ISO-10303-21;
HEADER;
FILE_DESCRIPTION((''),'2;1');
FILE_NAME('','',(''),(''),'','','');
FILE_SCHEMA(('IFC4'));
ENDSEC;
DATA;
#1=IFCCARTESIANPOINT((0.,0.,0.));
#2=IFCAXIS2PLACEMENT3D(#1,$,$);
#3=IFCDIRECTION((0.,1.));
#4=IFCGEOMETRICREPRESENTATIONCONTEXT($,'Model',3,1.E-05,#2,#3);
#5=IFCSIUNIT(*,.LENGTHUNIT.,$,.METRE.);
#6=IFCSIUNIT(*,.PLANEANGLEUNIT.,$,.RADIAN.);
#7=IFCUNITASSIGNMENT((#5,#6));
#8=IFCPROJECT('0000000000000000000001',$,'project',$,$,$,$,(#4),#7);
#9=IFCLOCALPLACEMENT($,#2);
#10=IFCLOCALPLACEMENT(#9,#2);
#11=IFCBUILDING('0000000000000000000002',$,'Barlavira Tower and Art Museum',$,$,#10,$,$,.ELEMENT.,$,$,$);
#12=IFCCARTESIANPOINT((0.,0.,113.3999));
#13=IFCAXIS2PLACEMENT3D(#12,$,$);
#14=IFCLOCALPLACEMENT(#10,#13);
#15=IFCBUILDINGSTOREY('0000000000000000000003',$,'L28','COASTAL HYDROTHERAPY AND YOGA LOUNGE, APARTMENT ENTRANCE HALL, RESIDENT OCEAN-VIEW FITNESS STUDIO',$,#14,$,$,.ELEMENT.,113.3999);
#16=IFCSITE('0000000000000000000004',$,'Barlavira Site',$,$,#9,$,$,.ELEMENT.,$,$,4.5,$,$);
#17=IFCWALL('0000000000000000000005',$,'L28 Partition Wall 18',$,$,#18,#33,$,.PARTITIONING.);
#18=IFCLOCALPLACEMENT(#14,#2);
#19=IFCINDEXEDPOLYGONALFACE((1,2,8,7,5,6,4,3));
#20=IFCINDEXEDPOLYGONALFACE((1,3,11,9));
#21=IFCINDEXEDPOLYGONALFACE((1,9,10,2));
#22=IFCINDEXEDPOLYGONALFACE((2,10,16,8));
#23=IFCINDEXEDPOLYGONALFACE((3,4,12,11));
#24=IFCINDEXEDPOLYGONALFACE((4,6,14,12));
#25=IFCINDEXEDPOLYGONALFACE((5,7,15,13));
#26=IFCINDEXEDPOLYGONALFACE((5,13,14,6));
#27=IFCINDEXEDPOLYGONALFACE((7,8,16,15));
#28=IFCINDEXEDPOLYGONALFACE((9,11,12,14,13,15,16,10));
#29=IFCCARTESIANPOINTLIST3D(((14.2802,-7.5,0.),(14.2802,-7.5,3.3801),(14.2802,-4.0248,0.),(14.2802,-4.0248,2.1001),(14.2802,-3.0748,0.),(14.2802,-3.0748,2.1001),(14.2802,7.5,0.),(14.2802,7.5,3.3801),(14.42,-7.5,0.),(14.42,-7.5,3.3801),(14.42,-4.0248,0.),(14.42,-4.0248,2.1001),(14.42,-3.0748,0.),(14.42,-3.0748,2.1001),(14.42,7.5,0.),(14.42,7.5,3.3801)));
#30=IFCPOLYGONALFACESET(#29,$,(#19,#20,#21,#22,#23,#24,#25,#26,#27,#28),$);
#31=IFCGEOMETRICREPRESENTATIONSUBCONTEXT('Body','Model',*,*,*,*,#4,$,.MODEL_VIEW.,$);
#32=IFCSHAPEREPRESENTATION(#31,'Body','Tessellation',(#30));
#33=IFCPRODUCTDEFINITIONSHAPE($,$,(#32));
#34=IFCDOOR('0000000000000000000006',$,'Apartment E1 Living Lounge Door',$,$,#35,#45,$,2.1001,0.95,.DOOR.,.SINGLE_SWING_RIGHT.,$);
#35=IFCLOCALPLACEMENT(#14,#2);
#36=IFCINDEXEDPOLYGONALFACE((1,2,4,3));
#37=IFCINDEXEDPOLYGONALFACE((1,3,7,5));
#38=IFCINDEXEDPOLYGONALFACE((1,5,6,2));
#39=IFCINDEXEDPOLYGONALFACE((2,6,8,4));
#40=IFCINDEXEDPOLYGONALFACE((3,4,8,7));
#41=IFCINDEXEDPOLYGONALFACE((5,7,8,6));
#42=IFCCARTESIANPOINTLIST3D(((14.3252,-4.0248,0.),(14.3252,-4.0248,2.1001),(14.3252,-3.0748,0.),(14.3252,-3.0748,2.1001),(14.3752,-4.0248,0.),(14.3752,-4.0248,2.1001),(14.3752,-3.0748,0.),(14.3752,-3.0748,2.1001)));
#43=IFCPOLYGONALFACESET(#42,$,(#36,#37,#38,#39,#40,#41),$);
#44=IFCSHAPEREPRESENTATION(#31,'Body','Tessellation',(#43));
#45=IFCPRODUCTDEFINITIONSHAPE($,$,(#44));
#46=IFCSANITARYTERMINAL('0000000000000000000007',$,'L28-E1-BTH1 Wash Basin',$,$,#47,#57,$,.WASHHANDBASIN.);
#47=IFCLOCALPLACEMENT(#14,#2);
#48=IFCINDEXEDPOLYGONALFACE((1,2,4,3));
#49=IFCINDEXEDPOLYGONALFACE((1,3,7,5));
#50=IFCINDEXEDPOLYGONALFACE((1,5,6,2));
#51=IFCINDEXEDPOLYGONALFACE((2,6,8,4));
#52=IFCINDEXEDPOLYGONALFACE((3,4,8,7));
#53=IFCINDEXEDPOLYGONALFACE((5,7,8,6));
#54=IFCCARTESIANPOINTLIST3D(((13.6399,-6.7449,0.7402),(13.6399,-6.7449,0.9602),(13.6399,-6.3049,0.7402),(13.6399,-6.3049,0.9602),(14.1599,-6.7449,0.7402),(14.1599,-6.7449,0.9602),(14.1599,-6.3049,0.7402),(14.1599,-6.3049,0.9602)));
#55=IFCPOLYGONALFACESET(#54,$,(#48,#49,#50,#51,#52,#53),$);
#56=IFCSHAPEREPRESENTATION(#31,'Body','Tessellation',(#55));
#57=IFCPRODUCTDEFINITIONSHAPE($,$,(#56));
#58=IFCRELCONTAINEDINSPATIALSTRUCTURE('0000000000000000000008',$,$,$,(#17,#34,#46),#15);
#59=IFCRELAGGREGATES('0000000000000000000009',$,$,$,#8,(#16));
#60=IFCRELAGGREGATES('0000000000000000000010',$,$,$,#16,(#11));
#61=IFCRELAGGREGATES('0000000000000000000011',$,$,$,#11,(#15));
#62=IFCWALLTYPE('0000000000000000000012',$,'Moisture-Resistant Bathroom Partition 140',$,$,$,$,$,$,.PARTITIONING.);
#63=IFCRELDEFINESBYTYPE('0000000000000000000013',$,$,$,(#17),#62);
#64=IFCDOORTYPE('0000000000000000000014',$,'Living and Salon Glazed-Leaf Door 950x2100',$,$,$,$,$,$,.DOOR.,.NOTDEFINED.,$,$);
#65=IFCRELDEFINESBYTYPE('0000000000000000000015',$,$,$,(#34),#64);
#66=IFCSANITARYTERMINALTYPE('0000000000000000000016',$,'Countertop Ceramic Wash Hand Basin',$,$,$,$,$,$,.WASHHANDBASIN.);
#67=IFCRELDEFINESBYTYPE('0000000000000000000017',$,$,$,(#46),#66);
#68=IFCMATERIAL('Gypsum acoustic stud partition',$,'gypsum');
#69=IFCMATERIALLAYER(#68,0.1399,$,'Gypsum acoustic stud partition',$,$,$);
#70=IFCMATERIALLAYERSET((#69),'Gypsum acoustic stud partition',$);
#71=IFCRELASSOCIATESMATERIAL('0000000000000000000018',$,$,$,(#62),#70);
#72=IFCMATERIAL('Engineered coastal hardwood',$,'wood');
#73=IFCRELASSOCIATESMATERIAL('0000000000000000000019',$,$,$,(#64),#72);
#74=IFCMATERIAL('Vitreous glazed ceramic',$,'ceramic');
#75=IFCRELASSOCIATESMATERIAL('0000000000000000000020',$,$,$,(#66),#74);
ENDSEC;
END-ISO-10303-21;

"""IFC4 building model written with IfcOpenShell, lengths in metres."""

from ifc_helpers import new_model, si_unit, direction, frame, frame_2d, origin, origin_2d, place, context, subcontext, project, spatial, rectangle, extrude, material, layer, layer_set, type_object, element, fill, save


model = new_model("IFC4")

# Units and contexts
model_context = context("Model", 3, precision=1e-05, world=origin(), true_north=direction((0.0, 1.0)))
body_context = subcontext(model_context, "Body", "Model", "MODEL_VIEW")
ifc_project = project(units=[si_unit("LENGTHUNIT", "METRE"), si_unit("PLANEANGLEUNIT", "RADIAN")], contexts=[model_context])

# Site, building, storey
site_placement = place(None, origin())
site = spatial("IfcSite", under=ifc_project, at=site_placement, Name="Barlavira Site", CompositionType="ELEMENT", RefElevation=4.5)
building_placement = place(site_placement, origin())
building = spatial("IfcBuilding", under=site, at=building_placement, Name="Barlavira Tower and Art Museum", CompositionType="ELEMENT")
storey_placement = place(building_placement, frame((0.0, 0.0, 113.3999)))
storey = spatial("IfcBuildingStorey", under=building, at=storey_placement, Name="L28", Description="COASTAL HYDROTHERAPY AND YOGA LOUNGE, APARTMENT ENTRANCE HALL, RESIDENT OCEAN-VIEW FITNESS STUDIO", CompositionType="ELEMENT", Elevation=113.3999)

# Shared definitions
ifc_material_1 = material(Name="Gypsum acoustic stud partition", Category="gypsum")

# Wall, opening, door
ifc_layer_1 = layer(ifc_material_1, 0.1399, Name="Gypsum acoustic stud partition")
ifc_layer_set_1 = layer_set([ifc_layer_1], Name="Gypsum acoustic stud partition")
wall_type_1 = type_object("IfcWallType", Name="Moisture-Resistant Bathroom Partition 140", PredefinedType="PARTITIONING", material=ifc_layer_set_1)
wall_1_placement = place(storey_placement, frame((14.3501, -7.5, 0.0), z_axis=(0.0, 0.0, 1.0), x_axis=(0.0, 1.0, 0.0)))
wall_1 = element("IfcWall", 1, at=wall_1_placement, inside=storey, type_object=wall_type_1, Name="L28 Partition Wall 18", PredefinedType="PARTITIONING", context=body_context, shape_type="SweptSolid", body=[
    extrude(rectangle(XDim=15.0, YDim=0.1399, at=frame_2d((7.5, 0.0))), origin(), (0.0, 0.0, 1.0), 3.3801),
])
opening_placement = place(wall_1_placement, frame((3.4751, 0.0, 0.0)))
opening = element("IfcOpeningElement", 2, at=opening_placement, cuts=wall_1, PredefinedType="OPENING", context=body_context, shape_type="SweptSolid", body=[
    extrude(rectangle(XDim=0.95, YDim=2.1001, at=frame_2d((0.4751, 1.05))), frame((0.0, 0.0801, 0.0), z_axis=(0.0, -1.0, 0.0), x_axis=(1.0, 0.0, 0.0)), (0.0, 0.0, 1.0), 0.1599),
])
ifc_material_2 = material(Name="Engineered coastal hardwood", Category="wood")
door_type = type_object("IfcDoorType", Name="Living and Salon Glazed-Leaf Door 950x2100", OperationType="NOTDEFINED", PredefinedType="DOOR", material=ifc_material_2)
door_placement = place(opening_placement, origin())
door = element("IfcDoor", 3, at=door_placement, inside=storey, type_object=door_type, Name="Apartment E1 Living Lounge Door", OperationType="SINGLE_SWING_RIGHT", OverallHeight=2.1001, OverallWidth=0.95, PredefinedType="DOOR", context=body_context, shape_type="SweptSolid", body=[
    extrude(rectangle(XDim=0.95, YDim=2.1001, at=frame_2d((0.4751, 1.05))), frame((0.0, 0.0249, 0.0), z_axis=(0.0, -1.0, 0.0), x_axis=(1.0, 0.0, 0.0)), (0.0, 0.0, 1.0), 0.05),
])
fill(opening, door)

# Sanitary terminal
ifc_material_3 = material(Name="Vitreous glazed ceramic", Category="ceramic")
sanitary_terminal_type = type_object("IfcSanitaryTerminalType", Name="Countertop Ceramic Wash Hand Basin", PredefinedType="WASHHANDBASIN", material=ifc_material_3)
sanitary_terminal_placement = place(storey_placement, frame((13.8999, -6.5249, 0.7402), z_axis=(0.0, 0.0, 1.0), x_axis=(1.0, 0.0, 0.0)))
element("IfcSanitaryTerminal", 4, at=sanitary_terminal_placement, inside=storey, type_object=sanitary_terminal_type, Name="L28-E1-BTH1 Wash Basin", PredefinedType="WASHHANDBASIN", context=body_context, shape_type="SweptSolid", body=[
    extrude(rectangle(XDim=0.52, YDim=0.4399, at=origin_2d()), origin(), (0.0, 0.0, 1.0), 0.22),
])

save(model, "model.ifc")
